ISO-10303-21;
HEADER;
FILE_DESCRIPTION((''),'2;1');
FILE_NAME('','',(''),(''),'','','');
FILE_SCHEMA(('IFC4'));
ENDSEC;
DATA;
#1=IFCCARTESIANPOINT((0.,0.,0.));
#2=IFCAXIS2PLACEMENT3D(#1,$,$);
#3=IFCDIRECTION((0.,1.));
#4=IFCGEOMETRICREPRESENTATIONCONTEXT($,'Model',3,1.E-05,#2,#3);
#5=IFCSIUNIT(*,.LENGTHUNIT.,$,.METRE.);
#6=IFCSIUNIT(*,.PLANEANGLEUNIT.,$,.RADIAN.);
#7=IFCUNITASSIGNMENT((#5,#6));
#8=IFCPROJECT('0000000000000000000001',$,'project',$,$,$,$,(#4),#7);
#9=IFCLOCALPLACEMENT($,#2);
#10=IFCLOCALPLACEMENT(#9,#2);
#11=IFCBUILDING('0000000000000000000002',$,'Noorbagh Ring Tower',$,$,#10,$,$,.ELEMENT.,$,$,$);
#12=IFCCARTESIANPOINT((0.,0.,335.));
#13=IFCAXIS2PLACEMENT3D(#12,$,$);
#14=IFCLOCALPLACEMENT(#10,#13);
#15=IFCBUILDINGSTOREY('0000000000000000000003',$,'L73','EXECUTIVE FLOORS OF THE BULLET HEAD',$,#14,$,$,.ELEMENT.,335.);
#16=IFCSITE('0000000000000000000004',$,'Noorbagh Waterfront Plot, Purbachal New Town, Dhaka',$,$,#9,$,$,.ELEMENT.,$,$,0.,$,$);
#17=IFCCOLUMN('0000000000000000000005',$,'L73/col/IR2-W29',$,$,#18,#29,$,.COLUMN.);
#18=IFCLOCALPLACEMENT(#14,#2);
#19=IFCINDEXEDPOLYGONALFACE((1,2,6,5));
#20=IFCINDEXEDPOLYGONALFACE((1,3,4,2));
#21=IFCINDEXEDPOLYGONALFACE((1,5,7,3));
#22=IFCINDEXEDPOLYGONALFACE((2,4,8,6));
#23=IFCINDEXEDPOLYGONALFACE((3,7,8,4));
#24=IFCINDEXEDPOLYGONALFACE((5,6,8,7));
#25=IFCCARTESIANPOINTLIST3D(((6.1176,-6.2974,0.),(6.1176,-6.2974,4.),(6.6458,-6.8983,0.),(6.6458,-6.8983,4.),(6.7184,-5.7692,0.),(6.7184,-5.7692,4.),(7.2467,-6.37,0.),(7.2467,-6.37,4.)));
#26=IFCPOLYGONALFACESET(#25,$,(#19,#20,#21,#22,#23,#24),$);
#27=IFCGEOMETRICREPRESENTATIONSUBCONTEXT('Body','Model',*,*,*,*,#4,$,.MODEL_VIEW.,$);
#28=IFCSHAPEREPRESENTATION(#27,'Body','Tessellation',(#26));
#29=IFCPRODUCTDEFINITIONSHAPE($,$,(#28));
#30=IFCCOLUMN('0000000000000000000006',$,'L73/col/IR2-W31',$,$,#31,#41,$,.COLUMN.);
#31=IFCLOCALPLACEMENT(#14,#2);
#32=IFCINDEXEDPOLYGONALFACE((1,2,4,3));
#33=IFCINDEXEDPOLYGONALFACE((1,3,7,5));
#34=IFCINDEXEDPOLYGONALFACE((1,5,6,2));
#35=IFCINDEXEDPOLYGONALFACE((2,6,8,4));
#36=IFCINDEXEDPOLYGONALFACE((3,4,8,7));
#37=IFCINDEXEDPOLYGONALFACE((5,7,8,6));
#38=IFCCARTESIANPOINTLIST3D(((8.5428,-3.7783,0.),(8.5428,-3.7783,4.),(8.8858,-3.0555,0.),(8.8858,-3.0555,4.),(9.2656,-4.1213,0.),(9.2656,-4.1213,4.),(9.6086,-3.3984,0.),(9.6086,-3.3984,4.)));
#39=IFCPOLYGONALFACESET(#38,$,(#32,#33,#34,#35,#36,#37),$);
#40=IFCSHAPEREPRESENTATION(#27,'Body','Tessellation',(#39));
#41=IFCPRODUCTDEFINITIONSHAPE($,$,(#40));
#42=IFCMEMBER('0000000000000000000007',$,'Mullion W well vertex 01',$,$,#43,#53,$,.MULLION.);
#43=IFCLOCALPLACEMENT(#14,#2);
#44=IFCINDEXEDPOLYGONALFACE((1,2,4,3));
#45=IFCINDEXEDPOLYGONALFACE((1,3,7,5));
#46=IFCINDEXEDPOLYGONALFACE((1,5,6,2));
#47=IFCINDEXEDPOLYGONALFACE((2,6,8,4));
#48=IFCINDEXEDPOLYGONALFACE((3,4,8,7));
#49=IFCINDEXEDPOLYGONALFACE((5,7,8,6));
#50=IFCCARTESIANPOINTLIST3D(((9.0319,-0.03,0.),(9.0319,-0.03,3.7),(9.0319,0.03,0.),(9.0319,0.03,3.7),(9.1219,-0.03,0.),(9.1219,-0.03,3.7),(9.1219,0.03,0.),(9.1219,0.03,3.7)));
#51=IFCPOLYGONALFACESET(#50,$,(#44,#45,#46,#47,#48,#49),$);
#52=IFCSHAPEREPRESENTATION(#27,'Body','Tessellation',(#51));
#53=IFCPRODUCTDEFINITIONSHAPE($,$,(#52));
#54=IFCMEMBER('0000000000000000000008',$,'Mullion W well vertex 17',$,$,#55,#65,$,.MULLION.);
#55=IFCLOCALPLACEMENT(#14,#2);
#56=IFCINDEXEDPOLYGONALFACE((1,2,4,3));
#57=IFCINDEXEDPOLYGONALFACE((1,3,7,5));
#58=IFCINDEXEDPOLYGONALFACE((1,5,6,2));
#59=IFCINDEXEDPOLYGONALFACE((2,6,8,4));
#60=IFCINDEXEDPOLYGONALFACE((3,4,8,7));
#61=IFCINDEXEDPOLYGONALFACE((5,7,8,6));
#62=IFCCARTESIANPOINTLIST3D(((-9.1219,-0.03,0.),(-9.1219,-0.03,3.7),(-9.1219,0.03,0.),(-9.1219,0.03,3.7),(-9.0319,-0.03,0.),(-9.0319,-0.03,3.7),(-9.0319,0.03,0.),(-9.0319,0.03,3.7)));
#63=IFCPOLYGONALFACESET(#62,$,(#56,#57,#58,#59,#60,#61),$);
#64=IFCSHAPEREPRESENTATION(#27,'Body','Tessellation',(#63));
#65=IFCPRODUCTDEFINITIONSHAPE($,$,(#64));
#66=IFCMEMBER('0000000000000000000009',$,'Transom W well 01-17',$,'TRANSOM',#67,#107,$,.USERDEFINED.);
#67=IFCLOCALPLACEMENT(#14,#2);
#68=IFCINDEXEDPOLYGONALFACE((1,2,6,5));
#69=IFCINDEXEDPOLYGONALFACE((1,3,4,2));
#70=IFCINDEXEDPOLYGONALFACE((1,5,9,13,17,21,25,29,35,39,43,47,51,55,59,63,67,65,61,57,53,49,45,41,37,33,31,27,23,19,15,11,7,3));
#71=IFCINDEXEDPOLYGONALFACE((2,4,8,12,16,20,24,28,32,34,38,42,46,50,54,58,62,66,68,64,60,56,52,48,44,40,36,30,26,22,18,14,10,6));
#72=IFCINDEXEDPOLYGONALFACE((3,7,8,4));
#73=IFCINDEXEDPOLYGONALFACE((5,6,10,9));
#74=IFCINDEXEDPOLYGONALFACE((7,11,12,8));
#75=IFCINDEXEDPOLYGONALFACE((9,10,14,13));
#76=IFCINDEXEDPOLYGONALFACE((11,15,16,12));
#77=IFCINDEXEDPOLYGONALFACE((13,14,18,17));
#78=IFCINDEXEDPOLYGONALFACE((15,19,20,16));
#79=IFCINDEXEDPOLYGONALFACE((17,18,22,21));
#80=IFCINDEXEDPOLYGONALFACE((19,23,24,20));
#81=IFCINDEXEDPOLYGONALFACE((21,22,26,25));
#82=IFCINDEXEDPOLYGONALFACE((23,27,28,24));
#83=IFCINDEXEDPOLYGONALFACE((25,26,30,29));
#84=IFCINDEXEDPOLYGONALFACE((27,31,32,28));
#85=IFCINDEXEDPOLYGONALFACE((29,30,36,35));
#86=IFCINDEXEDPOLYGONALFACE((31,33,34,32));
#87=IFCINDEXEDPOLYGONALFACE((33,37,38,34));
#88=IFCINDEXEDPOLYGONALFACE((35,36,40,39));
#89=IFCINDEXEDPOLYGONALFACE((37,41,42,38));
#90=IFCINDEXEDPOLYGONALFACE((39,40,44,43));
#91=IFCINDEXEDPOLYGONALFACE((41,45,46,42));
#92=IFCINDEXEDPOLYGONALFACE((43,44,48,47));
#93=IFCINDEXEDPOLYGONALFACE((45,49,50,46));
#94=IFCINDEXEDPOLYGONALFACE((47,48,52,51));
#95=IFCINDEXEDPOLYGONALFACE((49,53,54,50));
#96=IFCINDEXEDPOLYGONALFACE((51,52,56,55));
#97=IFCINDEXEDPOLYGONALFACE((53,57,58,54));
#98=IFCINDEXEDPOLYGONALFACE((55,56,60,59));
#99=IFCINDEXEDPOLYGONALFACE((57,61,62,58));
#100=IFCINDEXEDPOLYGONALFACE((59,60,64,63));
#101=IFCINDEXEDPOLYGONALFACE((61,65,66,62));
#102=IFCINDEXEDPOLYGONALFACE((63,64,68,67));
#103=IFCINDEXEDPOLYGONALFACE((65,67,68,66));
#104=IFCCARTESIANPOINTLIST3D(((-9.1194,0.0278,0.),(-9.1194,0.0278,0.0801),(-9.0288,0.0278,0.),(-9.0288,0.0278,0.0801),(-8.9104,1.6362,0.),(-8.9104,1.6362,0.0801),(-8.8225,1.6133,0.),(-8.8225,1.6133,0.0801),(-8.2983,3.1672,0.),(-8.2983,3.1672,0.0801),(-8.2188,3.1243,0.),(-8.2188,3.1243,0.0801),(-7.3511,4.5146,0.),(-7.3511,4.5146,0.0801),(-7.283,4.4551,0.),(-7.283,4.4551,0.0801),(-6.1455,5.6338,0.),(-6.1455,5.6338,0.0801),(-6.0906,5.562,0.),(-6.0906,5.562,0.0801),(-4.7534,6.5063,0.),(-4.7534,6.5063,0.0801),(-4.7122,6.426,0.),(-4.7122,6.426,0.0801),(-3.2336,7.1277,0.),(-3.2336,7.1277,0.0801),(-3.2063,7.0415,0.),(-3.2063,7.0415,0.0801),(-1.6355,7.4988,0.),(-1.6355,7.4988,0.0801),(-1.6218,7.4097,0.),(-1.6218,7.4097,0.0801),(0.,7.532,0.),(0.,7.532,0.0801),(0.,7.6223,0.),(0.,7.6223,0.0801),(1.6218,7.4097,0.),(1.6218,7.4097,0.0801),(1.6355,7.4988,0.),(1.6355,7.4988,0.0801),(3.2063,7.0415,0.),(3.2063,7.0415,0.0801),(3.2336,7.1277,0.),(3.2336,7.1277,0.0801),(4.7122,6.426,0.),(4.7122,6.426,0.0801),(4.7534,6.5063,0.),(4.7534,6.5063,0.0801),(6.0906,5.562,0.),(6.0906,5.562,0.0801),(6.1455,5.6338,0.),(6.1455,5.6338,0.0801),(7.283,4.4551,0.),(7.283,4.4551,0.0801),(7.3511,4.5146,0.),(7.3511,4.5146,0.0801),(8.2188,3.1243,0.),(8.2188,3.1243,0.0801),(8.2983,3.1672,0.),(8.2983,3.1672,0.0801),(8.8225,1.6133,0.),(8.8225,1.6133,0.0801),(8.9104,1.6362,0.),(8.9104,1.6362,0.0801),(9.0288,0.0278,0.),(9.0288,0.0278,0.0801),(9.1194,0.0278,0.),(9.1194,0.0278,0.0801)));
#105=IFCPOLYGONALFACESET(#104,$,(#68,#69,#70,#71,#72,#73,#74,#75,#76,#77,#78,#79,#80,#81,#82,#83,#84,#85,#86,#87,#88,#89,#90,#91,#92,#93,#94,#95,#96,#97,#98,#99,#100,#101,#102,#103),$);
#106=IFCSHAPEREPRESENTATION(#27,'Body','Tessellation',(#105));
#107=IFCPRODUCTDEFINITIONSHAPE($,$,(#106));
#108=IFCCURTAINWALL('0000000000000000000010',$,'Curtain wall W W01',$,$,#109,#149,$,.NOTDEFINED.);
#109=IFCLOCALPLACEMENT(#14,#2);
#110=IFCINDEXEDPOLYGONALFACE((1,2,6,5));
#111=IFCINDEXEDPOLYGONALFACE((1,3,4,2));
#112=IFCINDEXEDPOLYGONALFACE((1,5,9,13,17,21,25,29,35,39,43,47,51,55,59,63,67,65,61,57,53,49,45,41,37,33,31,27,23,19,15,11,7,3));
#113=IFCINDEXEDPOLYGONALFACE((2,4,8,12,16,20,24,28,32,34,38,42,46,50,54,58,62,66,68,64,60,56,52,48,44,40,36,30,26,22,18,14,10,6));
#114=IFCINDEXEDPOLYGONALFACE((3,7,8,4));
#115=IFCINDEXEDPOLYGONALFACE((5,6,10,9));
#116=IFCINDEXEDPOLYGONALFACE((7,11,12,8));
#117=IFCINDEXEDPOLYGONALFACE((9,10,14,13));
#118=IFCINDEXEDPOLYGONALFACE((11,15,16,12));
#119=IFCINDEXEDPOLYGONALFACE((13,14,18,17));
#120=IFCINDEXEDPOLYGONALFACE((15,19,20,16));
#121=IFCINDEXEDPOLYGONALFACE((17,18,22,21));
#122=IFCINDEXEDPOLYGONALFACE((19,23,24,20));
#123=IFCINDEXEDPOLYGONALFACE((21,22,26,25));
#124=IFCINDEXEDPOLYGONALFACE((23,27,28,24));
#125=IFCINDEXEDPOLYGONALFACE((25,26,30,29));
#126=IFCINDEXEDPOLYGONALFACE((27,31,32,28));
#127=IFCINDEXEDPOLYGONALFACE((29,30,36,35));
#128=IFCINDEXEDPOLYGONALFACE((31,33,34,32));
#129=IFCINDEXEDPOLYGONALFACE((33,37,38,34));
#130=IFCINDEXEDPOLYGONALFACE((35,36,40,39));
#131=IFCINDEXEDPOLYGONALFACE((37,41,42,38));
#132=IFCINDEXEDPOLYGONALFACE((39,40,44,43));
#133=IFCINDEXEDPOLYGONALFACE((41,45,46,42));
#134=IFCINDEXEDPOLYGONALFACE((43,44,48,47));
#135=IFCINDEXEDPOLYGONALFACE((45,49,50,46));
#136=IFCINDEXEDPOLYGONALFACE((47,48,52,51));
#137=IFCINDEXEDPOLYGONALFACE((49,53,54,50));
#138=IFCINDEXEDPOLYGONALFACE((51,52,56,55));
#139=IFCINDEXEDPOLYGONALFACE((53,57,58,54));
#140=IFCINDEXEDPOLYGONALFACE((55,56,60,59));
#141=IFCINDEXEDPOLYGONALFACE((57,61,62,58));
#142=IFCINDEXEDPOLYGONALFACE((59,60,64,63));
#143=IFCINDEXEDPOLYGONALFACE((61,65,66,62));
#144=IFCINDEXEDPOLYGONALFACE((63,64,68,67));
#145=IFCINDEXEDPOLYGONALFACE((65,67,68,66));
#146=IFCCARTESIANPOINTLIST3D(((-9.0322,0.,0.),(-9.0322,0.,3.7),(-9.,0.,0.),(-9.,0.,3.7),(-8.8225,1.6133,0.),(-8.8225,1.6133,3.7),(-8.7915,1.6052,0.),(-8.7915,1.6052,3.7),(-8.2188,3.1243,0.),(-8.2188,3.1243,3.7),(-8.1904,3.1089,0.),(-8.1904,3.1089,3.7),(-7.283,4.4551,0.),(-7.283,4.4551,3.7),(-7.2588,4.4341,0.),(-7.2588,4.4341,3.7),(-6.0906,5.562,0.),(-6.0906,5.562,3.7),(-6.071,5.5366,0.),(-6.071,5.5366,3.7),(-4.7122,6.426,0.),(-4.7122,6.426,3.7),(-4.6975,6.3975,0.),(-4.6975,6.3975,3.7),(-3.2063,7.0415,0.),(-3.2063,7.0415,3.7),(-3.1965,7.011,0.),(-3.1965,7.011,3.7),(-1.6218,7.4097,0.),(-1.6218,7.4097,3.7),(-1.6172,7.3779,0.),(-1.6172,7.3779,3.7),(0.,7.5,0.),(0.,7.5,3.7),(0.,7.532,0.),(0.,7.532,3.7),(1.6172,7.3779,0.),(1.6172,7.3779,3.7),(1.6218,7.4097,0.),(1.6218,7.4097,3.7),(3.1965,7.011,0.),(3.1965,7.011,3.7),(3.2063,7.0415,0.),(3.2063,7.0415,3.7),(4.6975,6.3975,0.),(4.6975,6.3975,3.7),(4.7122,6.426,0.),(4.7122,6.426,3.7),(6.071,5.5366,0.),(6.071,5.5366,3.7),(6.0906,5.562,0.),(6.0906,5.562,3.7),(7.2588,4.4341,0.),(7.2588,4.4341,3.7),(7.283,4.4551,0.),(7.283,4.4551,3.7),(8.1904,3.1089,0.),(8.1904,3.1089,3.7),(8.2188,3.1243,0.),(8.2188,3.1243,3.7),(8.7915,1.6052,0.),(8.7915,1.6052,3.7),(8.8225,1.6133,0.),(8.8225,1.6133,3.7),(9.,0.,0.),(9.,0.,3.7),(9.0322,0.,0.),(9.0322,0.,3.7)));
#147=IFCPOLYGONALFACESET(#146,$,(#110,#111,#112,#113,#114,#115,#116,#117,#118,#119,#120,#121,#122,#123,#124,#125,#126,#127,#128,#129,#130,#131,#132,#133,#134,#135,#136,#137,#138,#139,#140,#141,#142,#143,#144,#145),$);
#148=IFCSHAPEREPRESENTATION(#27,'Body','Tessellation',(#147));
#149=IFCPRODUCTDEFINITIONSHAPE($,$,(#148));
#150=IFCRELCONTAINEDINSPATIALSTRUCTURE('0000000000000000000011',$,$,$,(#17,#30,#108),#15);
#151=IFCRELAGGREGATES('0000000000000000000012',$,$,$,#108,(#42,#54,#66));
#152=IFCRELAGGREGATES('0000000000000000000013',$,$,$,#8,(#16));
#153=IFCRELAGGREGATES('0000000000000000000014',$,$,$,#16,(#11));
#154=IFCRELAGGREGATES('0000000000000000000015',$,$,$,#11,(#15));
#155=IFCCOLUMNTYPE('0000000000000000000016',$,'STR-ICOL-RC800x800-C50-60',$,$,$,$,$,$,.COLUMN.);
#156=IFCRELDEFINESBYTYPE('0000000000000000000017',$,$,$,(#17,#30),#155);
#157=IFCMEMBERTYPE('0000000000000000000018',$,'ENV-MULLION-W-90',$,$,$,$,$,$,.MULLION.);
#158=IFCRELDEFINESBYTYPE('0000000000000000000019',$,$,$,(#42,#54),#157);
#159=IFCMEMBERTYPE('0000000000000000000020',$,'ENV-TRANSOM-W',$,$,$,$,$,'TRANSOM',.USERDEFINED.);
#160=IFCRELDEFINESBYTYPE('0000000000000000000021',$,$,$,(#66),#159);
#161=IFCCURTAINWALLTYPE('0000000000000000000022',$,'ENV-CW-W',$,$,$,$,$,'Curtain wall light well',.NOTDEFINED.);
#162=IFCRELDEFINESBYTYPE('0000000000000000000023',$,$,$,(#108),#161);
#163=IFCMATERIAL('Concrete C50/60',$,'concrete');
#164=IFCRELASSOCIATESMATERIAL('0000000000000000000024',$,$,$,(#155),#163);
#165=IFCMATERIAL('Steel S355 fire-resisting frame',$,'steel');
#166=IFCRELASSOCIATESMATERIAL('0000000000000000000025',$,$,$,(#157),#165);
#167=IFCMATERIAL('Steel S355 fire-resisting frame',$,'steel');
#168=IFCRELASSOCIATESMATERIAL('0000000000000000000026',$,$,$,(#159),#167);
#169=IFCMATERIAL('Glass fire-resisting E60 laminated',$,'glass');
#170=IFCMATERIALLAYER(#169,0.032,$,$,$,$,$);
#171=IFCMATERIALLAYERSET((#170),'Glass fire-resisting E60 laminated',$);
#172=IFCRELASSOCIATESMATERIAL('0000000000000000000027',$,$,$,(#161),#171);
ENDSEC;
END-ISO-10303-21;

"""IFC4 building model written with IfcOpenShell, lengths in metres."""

from ifc_helpers import new_model, si_unit, direction, frame, origin, origin_2d, place, context, subcontext, project, spatial, polyline, rectangle, outline, extrude, material, layer, layer_set, material_profile, profile_set, type_object, element, aggregate, save


model = new_model("IFC4")

# Units and contexts
model_context = context("Model", 3, precision=1e-05, world=origin(), true_north=direction((0.0, 1.0)))
body_context = subcontext(model_context, "Body", "Model", "MODEL_VIEW")
ifc_project = project(units=[si_unit("LENGTHUNIT", "METRE"), si_unit("PLANEANGLEUNIT", "RADIAN")], contexts=[model_context])

# Site, building, storey
site_placement = place(None, origin())
site = spatial("IfcSite", under=ifc_project, at=site_placement, Name="Noorbagh Waterfront Plot, Purbachal New Town, Dhaka", CompositionType="ELEMENT", RefElevation=0.0)
building_placement = place(site_placement, origin())
building = spatial("IfcBuilding", under=site, at=building_placement, Name="Noorbagh Ring Tower", CompositionType="ELEMENT")
storey_placement = place(building_placement, frame((0.0, 0.0, 335.0)))
storey = spatial("IfcBuildingStorey", under=building, at=storey_placement, Name="L73", Description="EXECUTIVE FLOORS OF THE BULLET HEAD", CompositionType="ELEMENT", Elevation=335.0)

# Columns
ifc_material_1 = material(Name="Concrete C50/60", Category="concrete")
ifc_material_profile_1 = material_profile(ifc_material_1, rectangle(XDim=0.8, YDim=0.8, at=origin_2d()), Name="RC800x800")
ifc_profile_set_1 = profile_set([ifc_material_profile_1], Name="Concrete C50/60")
column_type = type_object("IfcColumnType", Name="STR-ICOL-RC800x800-C50-60", PredefinedType="COLUMN", material=ifc_profile_set_1)
for number, where, z_axis, x_axis, name in (
    (1, (6.6821, -6.3337, 0.0), (0.0, 0.0, 1.0), (0.751022, 0.660277, 0.0), "L73/col/IR2-W29"),
    (2, (9.0757, -3.5884, 0.0), (0.0, 0.0, 1.0), (0.428667, 0.903463, 0.0), "L73/col/IR2-W31"),
):
    element("IfcColumn", number, at=place(storey_placement, frame(where, z_axis=z_axis, x_axis=x_axis)), inside=storey, type_object=column_type, Name=name, PredefinedType="COLUMN", context=body_context, shape_type="SweptSolid", body=[
        extrude(rectangle(XDim=0.8, YDim=0.8, at=origin_2d()), origin(), (0.0, 0.0, 1.0), 4.0),
    ])

# Members
ifc_material_2 = material(Name="Steel S355 fire-resisting frame", Category="steel")
ifc_material_profile_2 = material_profile(ifc_material_2, rectangle(XDim=0.0901, YDim=0.0601, at=origin_2d()), Name="90x60")
ifc_profile_set_2 = profile_set([ifc_material_profile_2], Name="Steel S355 fire-resisting frame")
member_type_1 = type_object("IfcMemberType", Name="ENV-MULLION-W-90", PredefinedType="MULLION", material=ifc_profile_set_2)
member_1_placement = place(storey_placement, frame((9.0769, 0.0, 0.0), z_axis=(0.0, 0.0, 1.0), x_axis=(1.0, 0.0, 0.0)))
member_1 = element("IfcMember", 3, at=member_1_placement, type_object=member_type_1, Name="Mullion W well vertex 01", PredefinedType="MULLION", context=body_context, shape_type="SweptSolid", body=[
    extrude(rectangle(XDim=0.0901, YDim=0.0601, at=origin_2d()), origin(), (0.0, 0.0, 1.0), 3.7),
])
member_2_placement = place(storey_placement, frame((-9.0769, 0.0, 0.0), z_axis=(0.0, 0.0, 1.0), x_axis=(-1.0, 0.0, 0.0)))
member_2 = element("IfcMember", 4, at=member_2_placement, type_object=member_type_1, Name="Mullion W well vertex 17", PredefinedType="MULLION", context=body_context, shape_type="SweptSolid", body=[
    extrude(rectangle(XDim=0.0901, YDim=0.0601, at=origin_2d()), origin(), (0.0, 0.0, 1.0), 3.7),
])
ifc_material_3 = material(Name="Steel S355 fire-resisting frame", Category="steel")
member_type_2 = type_object("IfcMemberType", Name="ENV-TRANSOM-W", ElementType="TRANSOM", PredefinedType="USERDEFINED", material=ifc_material_3)
member_3_placement = place(storey_placement, origin())
member_3 = element("IfcMember", 5, at=member_3_placement, type_object=member_type_2, Name="Transom W well 01-17", ObjectType="TRANSOM", PredefinedType="USERDEFINED", context=body_context, shape_type="SweptSolid", body=[
    extrude(outline(polyline([(9.1194, 0.0278), (8.9104, 1.6362), (8.2983, 3.1672), (7.3511, 4.5146), (6.1455, 5.6338), (4.7534, 6.5063), (3.2336, 7.1277), (1.6355, 7.4988), (0.0, 7.6223), (-1.6355, 7.4988), (-3.2336, 7.1277), (-4.7534, 6.5063), (-6.1455, 5.6338), (-7.3511, 4.5146), (-8.2983, 3.1672), (-8.9104, 1.6362), (-9.1194, 0.0278), (-9.0288, 0.0278), (-8.8225, 1.6133), (-8.2188, 3.1243), (-7.283, 4.4551), (-6.0906, 5.562), (-4.7122, 6.426), (-3.2063, 7.0415), (-1.6218, 7.4097), (0.0, 7.532), (1.6218, 7.4097), (3.2063, 7.0415), (4.7122, 6.426), (6.0906, 5.562), (7.283, 4.4551), (8.2188, 3.1243), (8.8225, 1.6133), (9.0288, 0.0278), (9.1194, 0.0278)])), origin(), (0.0, 0.0, 1.0), 0.0801),
])

# Curtain wall
ifc_material_4 = material(Name="Glass fire-resisting E60 laminated", Category="glass")
ifc_layer_1 = layer(ifc_material_4, 0.032)
ifc_layer_set_1 = layer_set([ifc_layer_1], Name="Glass fire-resisting E60 laminated")
curtain_wall_type_1 = type_object("IfcCurtainWallType", Name="ENV-CW-W", ElementType="Curtain wall light well", PredefinedType="NOTDEFINED", material=ifc_layer_set_1)
curtain_wall_1_placement = place(storey_placement, origin())
curtain_wall_1 = element("IfcCurtainWall", 6, at=curtain_wall_1_placement, inside=storey, type_object=curtain_wall_type_1, Name="Curtain wall W W01", PredefinedType="NOTDEFINED", context=body_context, shape_type="SweptSolid", body=[
    extrude(outline(polyline([(9.0322, 0.0), (8.8225, 1.6133), (8.2188, 3.1243), (7.283, 4.4551), (6.0906, 5.562), (4.7122, 6.426), (3.2063, 7.0415), (1.6218, 7.4097), (0.0, 7.532), (-1.6218, 7.4097), (-3.2063, 7.0415), (-4.7122, 6.426), (-6.0906, 5.562), (-7.283, 4.4551), (-8.2188, 3.1243), (-8.8225, 1.6133), (-9.0322, 0.0), (-9.0, 0.0), (-8.7915, 1.6052), (-8.1904, 3.1089), (-7.2588, 4.4341), (-6.071, 5.5366), (-4.6975, 6.3975), (-3.1965, 7.011), (-1.6172, 7.3779), (0.0, 7.5), (1.6172, 7.3779), (3.1965, 7.011), (4.6975, 6.3975), (6.071, 5.5366), (7.2588, 4.4341), (8.1904, 3.1089), (8.7915, 1.6052), (9.0, 0.0), (9.0322, 0.0)])), origin(), (0.0, 0.0, 1.0), 3.7),
])
aggregate(curtain_wall_1, [member_1, member_2, member_3])

save(model, "model.ifc")
